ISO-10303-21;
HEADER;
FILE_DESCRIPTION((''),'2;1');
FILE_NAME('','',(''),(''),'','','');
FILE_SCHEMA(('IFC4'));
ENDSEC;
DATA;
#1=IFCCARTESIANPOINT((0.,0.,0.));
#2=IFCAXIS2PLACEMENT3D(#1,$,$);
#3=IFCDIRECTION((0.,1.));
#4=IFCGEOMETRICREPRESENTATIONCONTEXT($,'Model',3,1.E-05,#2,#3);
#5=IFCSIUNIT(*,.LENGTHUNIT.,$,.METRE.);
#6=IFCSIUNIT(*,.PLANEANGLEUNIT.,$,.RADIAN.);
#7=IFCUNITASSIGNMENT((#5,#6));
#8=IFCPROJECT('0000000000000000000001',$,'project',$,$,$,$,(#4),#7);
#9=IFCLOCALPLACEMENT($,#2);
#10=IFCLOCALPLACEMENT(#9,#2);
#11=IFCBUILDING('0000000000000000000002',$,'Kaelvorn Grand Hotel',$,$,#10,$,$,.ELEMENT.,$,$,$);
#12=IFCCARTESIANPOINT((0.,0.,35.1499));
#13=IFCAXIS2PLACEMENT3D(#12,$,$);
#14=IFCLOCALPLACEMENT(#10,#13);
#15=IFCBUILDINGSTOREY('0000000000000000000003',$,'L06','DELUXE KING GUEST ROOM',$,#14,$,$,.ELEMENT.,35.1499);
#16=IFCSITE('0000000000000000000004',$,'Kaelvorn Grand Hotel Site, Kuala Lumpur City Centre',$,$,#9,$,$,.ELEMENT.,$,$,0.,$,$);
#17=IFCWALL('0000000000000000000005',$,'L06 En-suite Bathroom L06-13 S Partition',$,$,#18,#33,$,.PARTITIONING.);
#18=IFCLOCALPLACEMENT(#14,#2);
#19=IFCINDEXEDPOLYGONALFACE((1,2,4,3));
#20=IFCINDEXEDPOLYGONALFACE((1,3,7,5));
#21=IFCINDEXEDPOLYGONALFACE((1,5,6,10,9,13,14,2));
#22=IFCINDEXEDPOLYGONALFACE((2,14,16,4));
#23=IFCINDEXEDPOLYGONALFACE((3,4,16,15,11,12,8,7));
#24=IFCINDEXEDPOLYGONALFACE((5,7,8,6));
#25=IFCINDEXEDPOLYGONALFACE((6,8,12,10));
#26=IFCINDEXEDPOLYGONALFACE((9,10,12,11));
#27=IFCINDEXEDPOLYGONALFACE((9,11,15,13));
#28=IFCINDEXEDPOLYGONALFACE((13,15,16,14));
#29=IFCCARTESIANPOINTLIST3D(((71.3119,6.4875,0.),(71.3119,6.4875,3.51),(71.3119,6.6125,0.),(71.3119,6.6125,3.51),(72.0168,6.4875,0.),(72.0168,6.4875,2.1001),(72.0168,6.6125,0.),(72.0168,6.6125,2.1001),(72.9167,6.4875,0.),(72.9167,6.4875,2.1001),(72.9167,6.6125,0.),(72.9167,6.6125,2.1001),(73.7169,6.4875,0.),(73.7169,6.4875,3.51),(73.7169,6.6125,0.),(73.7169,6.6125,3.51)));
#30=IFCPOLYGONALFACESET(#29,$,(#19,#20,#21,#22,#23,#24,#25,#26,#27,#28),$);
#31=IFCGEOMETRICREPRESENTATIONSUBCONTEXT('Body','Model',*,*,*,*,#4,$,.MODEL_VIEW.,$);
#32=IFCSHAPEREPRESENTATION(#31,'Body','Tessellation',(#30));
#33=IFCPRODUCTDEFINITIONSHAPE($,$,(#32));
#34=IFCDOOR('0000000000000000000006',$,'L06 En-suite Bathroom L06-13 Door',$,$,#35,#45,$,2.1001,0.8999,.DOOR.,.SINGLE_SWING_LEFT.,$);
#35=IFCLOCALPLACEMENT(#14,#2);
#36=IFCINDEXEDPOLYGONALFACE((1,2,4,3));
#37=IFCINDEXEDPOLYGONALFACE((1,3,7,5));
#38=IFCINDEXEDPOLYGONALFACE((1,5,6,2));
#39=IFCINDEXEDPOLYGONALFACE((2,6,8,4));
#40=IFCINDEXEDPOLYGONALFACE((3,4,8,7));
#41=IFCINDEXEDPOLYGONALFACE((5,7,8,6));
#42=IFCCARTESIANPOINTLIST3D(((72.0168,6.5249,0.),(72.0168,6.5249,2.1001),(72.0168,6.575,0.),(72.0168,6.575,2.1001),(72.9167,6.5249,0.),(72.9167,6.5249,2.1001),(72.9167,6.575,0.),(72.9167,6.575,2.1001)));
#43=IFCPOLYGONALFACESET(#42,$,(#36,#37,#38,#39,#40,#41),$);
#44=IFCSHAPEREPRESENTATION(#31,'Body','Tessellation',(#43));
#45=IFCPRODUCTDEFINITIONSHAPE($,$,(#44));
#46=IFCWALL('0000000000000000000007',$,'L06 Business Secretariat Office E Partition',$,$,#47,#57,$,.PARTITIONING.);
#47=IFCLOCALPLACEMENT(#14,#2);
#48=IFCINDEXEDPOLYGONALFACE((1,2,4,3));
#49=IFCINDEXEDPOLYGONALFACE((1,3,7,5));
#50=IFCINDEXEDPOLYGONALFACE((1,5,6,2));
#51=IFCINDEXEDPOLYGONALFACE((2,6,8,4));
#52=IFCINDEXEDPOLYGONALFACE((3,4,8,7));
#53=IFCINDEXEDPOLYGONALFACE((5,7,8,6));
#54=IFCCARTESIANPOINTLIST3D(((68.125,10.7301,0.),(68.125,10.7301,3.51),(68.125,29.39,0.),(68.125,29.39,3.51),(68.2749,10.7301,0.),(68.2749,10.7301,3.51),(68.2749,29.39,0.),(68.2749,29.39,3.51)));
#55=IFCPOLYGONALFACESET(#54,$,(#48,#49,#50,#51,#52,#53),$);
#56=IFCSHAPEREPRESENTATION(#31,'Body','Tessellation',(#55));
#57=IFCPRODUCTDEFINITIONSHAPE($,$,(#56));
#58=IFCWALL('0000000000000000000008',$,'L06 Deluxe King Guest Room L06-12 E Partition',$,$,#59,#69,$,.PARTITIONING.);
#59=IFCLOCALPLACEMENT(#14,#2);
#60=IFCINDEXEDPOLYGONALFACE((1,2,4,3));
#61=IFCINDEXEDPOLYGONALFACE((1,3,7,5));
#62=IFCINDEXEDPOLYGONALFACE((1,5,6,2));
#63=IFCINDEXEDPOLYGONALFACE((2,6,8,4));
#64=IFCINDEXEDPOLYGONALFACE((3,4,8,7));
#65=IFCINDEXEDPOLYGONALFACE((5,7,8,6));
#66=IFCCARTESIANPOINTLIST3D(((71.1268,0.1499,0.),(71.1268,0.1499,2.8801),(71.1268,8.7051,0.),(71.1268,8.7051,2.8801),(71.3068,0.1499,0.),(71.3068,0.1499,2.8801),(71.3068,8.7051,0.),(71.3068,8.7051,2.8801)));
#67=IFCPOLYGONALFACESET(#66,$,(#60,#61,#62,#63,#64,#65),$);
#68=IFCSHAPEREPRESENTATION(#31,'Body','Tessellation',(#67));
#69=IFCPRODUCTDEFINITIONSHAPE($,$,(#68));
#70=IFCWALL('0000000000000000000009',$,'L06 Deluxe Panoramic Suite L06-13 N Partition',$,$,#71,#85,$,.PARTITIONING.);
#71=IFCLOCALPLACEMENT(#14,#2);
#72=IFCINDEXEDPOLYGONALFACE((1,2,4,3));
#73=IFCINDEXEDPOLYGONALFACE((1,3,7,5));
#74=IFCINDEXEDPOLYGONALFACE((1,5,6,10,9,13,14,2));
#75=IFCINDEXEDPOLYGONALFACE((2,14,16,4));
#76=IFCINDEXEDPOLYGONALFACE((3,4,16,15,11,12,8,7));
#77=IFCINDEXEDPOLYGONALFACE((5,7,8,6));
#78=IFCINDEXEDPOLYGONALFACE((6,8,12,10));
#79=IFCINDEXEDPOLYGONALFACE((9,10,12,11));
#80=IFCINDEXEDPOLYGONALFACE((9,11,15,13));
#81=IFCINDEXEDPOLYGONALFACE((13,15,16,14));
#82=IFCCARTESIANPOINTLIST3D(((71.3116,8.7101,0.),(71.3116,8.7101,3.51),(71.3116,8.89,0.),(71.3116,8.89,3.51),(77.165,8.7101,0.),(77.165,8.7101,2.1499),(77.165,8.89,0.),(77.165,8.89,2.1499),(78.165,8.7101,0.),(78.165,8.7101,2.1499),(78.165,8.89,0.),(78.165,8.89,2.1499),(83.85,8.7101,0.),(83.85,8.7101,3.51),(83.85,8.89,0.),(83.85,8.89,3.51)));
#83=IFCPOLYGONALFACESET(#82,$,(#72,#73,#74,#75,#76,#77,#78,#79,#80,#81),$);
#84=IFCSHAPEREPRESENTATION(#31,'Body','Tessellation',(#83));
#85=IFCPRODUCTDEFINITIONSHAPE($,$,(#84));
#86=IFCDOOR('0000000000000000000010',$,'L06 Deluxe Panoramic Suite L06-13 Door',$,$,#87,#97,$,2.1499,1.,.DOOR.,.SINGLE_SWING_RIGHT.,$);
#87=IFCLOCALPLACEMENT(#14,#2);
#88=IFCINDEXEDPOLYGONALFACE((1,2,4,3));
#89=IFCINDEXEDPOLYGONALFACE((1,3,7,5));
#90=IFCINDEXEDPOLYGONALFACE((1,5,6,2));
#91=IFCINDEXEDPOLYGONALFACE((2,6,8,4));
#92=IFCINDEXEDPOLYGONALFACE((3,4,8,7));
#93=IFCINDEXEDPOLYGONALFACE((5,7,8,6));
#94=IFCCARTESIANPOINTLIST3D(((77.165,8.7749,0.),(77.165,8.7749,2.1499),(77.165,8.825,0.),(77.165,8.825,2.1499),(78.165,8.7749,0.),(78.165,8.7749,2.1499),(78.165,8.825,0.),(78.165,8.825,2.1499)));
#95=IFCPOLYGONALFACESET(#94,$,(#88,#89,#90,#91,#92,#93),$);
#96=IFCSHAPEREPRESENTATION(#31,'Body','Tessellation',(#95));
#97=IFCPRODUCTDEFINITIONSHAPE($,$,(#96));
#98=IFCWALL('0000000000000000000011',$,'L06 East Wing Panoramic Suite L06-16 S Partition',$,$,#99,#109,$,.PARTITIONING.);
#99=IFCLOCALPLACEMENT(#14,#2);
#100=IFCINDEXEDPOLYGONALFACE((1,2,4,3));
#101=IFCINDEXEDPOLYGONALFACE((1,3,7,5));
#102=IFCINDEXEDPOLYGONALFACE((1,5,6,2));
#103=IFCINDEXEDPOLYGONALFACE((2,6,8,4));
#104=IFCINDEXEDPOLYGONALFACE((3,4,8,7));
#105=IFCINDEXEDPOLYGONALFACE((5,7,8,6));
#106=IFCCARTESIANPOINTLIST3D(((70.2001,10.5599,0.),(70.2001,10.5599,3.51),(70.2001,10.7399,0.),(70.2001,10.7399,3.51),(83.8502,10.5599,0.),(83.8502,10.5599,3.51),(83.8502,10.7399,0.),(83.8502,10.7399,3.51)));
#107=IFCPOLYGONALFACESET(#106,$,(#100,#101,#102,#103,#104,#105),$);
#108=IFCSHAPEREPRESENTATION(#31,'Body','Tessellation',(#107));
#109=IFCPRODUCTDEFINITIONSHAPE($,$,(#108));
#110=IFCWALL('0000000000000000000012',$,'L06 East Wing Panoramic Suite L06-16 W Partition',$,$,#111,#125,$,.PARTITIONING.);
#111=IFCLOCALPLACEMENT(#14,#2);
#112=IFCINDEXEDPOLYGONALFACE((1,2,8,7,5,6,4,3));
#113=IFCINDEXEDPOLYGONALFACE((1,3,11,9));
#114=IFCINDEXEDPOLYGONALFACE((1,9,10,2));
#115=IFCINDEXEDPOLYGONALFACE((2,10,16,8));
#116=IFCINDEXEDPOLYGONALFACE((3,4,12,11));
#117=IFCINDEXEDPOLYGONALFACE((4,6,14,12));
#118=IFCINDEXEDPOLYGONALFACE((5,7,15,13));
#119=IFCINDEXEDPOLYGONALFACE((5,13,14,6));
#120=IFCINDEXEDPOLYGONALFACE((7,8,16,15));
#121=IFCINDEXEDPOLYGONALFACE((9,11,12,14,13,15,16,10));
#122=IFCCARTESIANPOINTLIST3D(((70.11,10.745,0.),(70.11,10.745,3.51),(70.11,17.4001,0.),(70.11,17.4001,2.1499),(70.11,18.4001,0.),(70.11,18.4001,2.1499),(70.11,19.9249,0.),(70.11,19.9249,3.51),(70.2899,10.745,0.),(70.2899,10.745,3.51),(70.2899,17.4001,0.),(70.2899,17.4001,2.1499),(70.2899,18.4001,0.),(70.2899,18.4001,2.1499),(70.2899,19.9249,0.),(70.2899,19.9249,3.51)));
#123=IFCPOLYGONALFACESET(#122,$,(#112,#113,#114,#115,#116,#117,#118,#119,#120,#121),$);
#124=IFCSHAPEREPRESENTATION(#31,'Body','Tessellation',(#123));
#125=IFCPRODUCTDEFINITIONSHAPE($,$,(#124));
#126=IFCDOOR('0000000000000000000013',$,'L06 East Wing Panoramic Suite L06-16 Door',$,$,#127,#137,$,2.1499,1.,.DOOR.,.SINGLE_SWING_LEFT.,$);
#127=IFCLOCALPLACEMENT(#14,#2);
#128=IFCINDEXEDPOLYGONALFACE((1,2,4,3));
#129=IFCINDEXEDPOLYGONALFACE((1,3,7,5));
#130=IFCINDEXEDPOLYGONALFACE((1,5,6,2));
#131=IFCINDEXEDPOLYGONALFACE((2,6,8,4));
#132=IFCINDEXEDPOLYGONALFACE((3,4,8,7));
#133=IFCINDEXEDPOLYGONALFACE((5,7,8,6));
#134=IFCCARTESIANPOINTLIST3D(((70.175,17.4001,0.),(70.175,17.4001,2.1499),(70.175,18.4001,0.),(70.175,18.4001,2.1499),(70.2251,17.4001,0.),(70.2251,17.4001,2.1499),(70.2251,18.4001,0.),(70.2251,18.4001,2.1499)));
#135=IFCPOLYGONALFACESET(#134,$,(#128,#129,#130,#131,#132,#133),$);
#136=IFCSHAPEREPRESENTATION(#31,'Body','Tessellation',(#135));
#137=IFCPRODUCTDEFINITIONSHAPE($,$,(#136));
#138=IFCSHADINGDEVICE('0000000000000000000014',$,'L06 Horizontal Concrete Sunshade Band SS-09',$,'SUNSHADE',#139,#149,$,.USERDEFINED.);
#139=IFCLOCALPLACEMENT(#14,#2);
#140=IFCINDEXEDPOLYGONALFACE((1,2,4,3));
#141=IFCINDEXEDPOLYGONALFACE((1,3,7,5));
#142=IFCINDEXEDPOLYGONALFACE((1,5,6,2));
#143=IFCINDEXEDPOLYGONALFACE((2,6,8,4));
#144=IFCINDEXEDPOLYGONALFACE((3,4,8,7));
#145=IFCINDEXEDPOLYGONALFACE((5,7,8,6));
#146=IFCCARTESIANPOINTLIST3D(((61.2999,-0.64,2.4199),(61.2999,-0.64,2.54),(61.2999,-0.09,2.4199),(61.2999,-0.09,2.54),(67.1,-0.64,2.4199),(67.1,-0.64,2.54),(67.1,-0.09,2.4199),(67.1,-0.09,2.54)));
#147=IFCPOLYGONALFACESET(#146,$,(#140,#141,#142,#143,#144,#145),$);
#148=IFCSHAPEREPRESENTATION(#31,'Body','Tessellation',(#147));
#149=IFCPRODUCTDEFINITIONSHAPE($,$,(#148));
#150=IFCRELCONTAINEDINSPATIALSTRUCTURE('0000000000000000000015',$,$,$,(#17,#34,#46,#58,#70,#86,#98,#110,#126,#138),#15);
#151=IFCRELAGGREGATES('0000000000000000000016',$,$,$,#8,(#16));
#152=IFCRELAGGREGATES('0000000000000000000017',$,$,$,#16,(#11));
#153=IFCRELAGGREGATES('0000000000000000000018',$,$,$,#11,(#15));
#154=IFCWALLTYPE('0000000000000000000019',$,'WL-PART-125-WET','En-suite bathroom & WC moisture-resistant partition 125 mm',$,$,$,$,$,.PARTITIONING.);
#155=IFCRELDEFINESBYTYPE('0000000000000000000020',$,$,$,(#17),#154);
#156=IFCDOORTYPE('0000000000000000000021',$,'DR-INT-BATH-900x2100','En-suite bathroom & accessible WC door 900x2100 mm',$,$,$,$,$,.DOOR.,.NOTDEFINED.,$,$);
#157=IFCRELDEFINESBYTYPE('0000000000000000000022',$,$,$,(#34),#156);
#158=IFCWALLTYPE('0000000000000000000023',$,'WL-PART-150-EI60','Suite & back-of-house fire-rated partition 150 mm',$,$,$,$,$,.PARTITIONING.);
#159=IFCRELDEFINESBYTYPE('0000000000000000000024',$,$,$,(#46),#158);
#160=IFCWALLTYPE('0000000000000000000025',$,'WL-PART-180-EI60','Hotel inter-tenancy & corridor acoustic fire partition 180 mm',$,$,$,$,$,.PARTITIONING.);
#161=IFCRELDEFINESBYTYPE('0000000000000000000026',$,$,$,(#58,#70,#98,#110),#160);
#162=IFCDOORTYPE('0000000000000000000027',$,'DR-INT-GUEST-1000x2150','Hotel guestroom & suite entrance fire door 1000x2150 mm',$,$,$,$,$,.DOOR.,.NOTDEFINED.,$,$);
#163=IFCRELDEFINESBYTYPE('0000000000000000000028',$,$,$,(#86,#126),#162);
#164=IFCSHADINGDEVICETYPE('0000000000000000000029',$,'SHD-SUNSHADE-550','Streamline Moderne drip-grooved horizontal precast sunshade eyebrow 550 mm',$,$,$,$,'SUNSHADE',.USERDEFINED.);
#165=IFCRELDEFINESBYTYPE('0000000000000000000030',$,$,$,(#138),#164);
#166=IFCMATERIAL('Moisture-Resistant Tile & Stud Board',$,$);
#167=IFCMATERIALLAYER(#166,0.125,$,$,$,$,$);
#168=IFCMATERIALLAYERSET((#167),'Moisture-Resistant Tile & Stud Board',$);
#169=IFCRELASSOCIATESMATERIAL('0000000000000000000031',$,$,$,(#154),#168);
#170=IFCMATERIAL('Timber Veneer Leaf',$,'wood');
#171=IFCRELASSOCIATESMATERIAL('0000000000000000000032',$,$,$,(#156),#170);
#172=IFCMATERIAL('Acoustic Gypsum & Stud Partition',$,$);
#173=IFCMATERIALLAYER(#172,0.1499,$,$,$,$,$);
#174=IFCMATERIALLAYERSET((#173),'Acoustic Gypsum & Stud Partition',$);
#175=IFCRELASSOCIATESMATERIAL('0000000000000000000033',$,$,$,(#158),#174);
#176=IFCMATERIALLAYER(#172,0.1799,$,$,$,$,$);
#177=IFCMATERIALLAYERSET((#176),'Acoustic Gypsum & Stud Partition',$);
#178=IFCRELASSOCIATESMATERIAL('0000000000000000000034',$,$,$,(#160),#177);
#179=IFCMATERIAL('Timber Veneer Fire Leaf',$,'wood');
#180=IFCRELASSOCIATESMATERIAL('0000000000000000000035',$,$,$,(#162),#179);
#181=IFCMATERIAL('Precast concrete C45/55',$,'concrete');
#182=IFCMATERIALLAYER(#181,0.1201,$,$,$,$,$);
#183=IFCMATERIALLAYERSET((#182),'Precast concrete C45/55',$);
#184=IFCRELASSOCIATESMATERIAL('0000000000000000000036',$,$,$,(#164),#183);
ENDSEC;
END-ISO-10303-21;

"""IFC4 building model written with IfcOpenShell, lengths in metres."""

from ifc_helpers import new_model, si_unit, direction, frame, frame_2d, origin, origin_2d, place, context, subcontext, project, spatial, rectangle, extrude, material, layer, layer_set, type_object, element, fill, save


model = new_model("IFC4")

# Units and contexts
model_context = context("Model", 3, precision=1e-05, world=origin(), true_north=direction((0.0, 1.0)))
body_context = subcontext(model_context, "Body", "Model", "MODEL_VIEW")
ifc_project = project(units=[si_unit("LENGTHUNIT", "METRE"), si_unit("PLANEANGLEUNIT", "RADIAN")], contexts=[model_context])

# Site, building, storey
site_placement = place(None, origin())
site = spatial("IfcSite", under=ifc_project, at=site_placement, Name="Kaelvorn Grand Hotel Site, Kuala Lumpur City Centre", CompositionType="ELEMENT", RefElevation=0.0)
building_placement = place(site_placement, origin())
building = spatial("IfcBuilding", under=site, at=building_placement, Name="Kaelvorn Grand Hotel", CompositionType="ELEMENT")
storey_placement = place(building_placement, frame((0.0, 0.0, 35.1499)))
storey = spatial("IfcBuildingStorey", under=building, at=storey_placement, Name="L06", Description="DELUXE KING GUEST ROOM", CompositionType="ELEMENT", Elevation=35.1499)

# Shared definitions
ifc_material_1 = material(Name="Moisture-Resistant Tile & Stud Board")
ifc_layer_1 = layer(ifc_material_1, 0.125)
ifc_layer_set_1 = layer_set([ifc_layer_1], Name="Moisture-Resistant Tile & Stud Board")
wall_type_1 = type_object("IfcWallType", Name="WL-PART-125-WET", Description="En-suite bathroom & WC moisture-resistant partition 125 mm", PredefinedType="PARTITIONING", material=ifc_layer_set_1)
ifc_material_2 = material(Name="Timber Veneer Leaf", Category="wood")
door_type_1 = type_object("IfcDoorType", Name="DR-INT-BATH-900x2100", Description="En-suite bathroom & accessible WC door 900x2100 mm", OperationType="NOTDEFINED", PredefinedType="DOOR", material=ifc_material_2)

# Wall, opening, door
wall_1_placement = place(storey_placement, frame((71.3118, 6.55, 0.0), z_axis=(0.0, 0.0, 1.0), x_axis=(1.0, 0.0, 0.0)))
wall_1 = element("IfcWall", 1, at=wall_1_placement, inside=storey, type_object=wall_type_1, Name="L06 En-suite Bathroom L06-13 S Partition", PredefinedType="PARTITIONING", context=body_context, shape_type="SweptSolid", body=[
    extrude(rectangle(XDim=2.405, YDim=0.125, at=frame_2d((1.2026, 0.0))), origin(), (0.0, 0.0, 1.0), 3.51),
])
opening_1_placement = place(wall_1_placement, frame((0.7051, 0.0, 0.0)))
opening_1 = element("IfcOpeningElement", 2, at=opening_1_placement, cuts=wall_1, PredefinedType="OPENING", context=body_context, shape_type="SweptSolid", body=[
    extrude(rectangle(XDim=0.8999, YDim=2.1001, at=frame_2d((0.45, 1.05))), frame((0.0, 0.0725, 0.0), z_axis=(0.0, -1.0, 0.0), x_axis=(1.0, 0.0, 0.0)), (0.0, 0.0, 1.0), 0.145),
])
door_1_placement = place(opening_1_placement, origin())
door_1 = element("IfcDoor", 3, at=door_1_placement, inside=storey, type_object=door_type_1, Name="L06 En-suite Bathroom L06-13 Door", OperationType="SINGLE_SWING_LEFT", OverallHeight=2.1001, OverallWidth=0.8999, PredefinedType="DOOR", context=body_context, shape_type="SweptSolid", body=[
    extrude(rectangle(XDim=0.8999, YDim=2.1001, at=frame_2d((0.45, 1.05))), frame((0.0, 0.0249, 0.0), z_axis=(0.0, -1.0, 0.0), x_axis=(1.0, 0.0, 0.0)), (0.0, 0.0, 1.0), 0.05),
])
fill(opening_1, door_1)

# Walls
ifc_material_3 = material(Name="Acoustic Gypsum & Stud Partition")
ifc_layer_2 = layer(ifc_material_3, 0.1499)
ifc_layer_set_2 = layer_set([ifc_layer_2], Name="Acoustic Gypsum & Stud Partition")
wall_type_2 = type_object("IfcWallType", Name="WL-PART-150-EI60", Description="Suite & back-of-house fire-rated partition 150 mm", PredefinedType="PARTITIONING", material=ifc_layer_set_2)
wall_2_placement = place(storey_placement, frame((68.2, 10.73, 0.0), z_axis=(0.0, 0.0, 1.0), x_axis=(0.0, 1.0, 0.0)))
element("IfcWall", 4, at=wall_2_placement, inside=storey, type_object=wall_type_2, Name="L06 Business Secretariat Office E Partition", PredefinedType="PARTITIONING", context=body_context, shape_type="SweptSolid", body=[
    extrude(rectangle(XDim=18.6599, YDim=0.1499, at=frame_2d((9.3301, 0.0))), origin(), (0.0, 0.0, 1.0), 3.51),
])
ifc_layer_3 = layer(ifc_material_3, 0.1799)
ifc_layer_set_3 = layer_set([ifc_layer_3], Name="Acoustic Gypsum & Stud Partition")
wall_type_3 = type_object("IfcWallType", Name="WL-PART-180-EI60", Description="Hotel inter-tenancy & corridor acoustic fire partition 180 mm", PredefinedType="PARTITIONING", material=ifc_layer_set_3)
wall_3_placement = place(storey_placement, frame((71.2168, 0.1499, 0.0), z_axis=(0.0, 0.0, 1.0), x_axis=(0.0, 1.0, 0.0)))
element("IfcWall", 5, at=wall_3_placement, inside=storey, type_object=wall_type_3, Name="L06 Deluxe King Guest Room L06-12 E Partition", PredefinedType="PARTITIONING", context=body_context, shape_type="SweptSolid", body=[
    extrude(rectangle(XDim=8.5552, YDim=0.1799, at=frame_2d((4.2776, 0.0))), origin(), (0.0, 0.0, 1.0), 2.8801),
])

# Wall, opening, door
wall_4_placement = place(storey_placement, frame((71.3118, 8.8, 0.0), z_axis=(0.0, 0.0, 1.0), x_axis=(1.0, 0.0, 0.0)))
wall_4 = element("IfcWall", 6, at=wall_4_placement, inside=storey, type_object=wall_type_3, Name="L06 Deluxe Panoramic Suite L06-13 N Partition", PredefinedType="PARTITIONING", context=body_context, shape_type="SweptSolid", body=[
    extrude(rectangle(XDim=12.5383, YDim=0.1799, at=frame_2d((6.269, 0.0))), origin(), (0.0, 0.0, 1.0), 3.51),
])
opening_2_placement = place(wall_4_placement, frame((5.8533, 0.0, 0.0)))
opening_2 = element("IfcOpeningElement", 7, at=opening_2_placement, cuts=wall_4, PredefinedType="OPENING", context=body_context, shape_type="SweptSolid", body=[
    extrude(rectangle(XDim=1.0, YDim=2.1499, at=frame_2d((0.5, 1.075))), frame((0.0, 0.1001, 0.0), z_axis=(0.0, -1.0, 0.0), x_axis=(1.0, 0.0, 0.0)), (0.0, 0.0, 1.0), 0.2),
])
ifc_material_4 = material(Name="Timber Veneer Fire Leaf", Category="wood")
door_type_2 = type_object("IfcDoorType", Name="DR-INT-GUEST-1000x2150", Description="Hotel guestroom & suite entrance fire door 1000x2150 mm", OperationType="NOTDEFINED", PredefinedType="DOOR", material=ifc_material_4)
door_2_placement = place(opening_2_placement, origin())
door_2 = element("IfcDoor", 8, at=door_2_placement, inside=storey, type_object=door_type_2, Name="L06 Deluxe Panoramic Suite L06-13 Door", OperationType="SINGLE_SWING_RIGHT", OverallHeight=2.1499, OverallWidth=1.0, PredefinedType="DOOR", context=body_context, shape_type="SweptSolid", body=[
    extrude(rectangle(XDim=1.0, YDim=2.1499, at=frame_2d((0.5, 1.075))), frame((0.0, 0.0249, 0.0), z_axis=(0.0, -1.0, 0.0), x_axis=(1.0, 0.0, 0.0)), (0.0, 0.0, 1.0), 0.05),
])
fill(opening_2, door_2)

# Wall
wall_5_placement = place(storey_placement, frame((70.2, 10.6499, 0.0), z_axis=(0.0, 0.0, 1.0), x_axis=(1.0, 0.0, 0.0)))
element("IfcWall", 9, at=wall_5_placement, inside=storey, type_object=wall_type_3, Name="L06 East Wing Panoramic Suite L06-16 S Partition", PredefinedType="PARTITIONING", context=body_context, shape_type="SweptSolid", body=[
    extrude(rectangle(XDim=13.6501, YDim=0.1799, at=frame_2d((6.8252, 0.0))), origin(), (0.0, 0.0, 1.0), 3.51),
])

# Wall, opening, door
wall_6_placement = place(storey_placement, frame((70.2, 10.7451, 0.0), z_axis=(0.0, 0.0, 1.0), x_axis=(0.0, 1.0, 0.0)))
wall_6 = element("IfcWall", 10, at=wall_6_placement, inside=storey, type_object=wall_type_3, Name="L06 East Wing Panoramic Suite L06-16 W Partition", PredefinedType="PARTITIONING", context=body_context, shape_type="SweptSolid", body=[
    extrude(rectangle(XDim=9.1799, YDim=0.1799, at=frame_2d((4.5898, 0.0))), origin(), (0.0, 0.0, 1.0), 3.51),
])
opening_3_placement = place(wall_6_placement, frame((6.655, 0.0, 0.0)))
opening_3 = element("IfcOpeningElement", 11, at=opening_3_placement, cuts=wall_6, PredefinedType="OPENING", context=body_context, shape_type="SweptSolid", body=[
    extrude(rectangle(XDim=1.0, YDim=2.1499, at=frame_2d((0.5, 1.075))), frame((0.0, 0.1001, 0.0), z_axis=(0.0, -1.0, 0.0), x_axis=(1.0, 0.0, 0.0)), (0.0, 0.0, 1.0), 0.2),
])
door_3_placement = place(opening_3_placement, origin())
door_3 = element("IfcDoor", 12, at=door_3_placement, inside=storey, type_object=door_type_2, Name="L06 East Wing Panoramic Suite L06-16 Door", OperationType="SINGLE_SWING_LEFT", OverallHeight=2.1499, OverallWidth=1.0, PredefinedType="DOOR", context=body_context, shape_type="SweptSolid", body=[
    extrude(rectangle(XDim=1.0, YDim=2.1499, at=frame_2d((0.5, 1.075))), frame((0.0, 0.0249, 0.0), z_axis=(0.0, -1.0, 0.0), x_axis=(1.0, 0.0, 0.0)), (0.0, 0.0, 1.0), 0.05),
])
fill(opening_3, door_3)

# Shading device
ifc_material_5 = material(Name="Precast concrete C45/55", Category="concrete")
ifc_layer_4 = layer(ifc_material_5, 0.1201)
ifc_layer_set_4 = layer_set([ifc_layer_4], Name="Precast concrete C45/55")
shading_device_type = type_object("IfcShadingDeviceType", Name="SHD-SUNSHADE-550", Description="Streamline Moderne drip-grooved horizontal precast sunshade eyebrow 550 mm", ElementType="SUNSHADE", PredefinedType="USERDEFINED", material=ifc_layer_set_4)
shading_device_placement = place(storey_placement, frame((64.2, -0.365, 2.4199), z_axis=(0.0, 0.0, 1.0), x_axis=(1.0, 0.0, 0.0)))
element("IfcShadingDevice", 13, at=shading_device_placement, inside=storey, type_object=shading_device_type, Name="L06 Horizontal Concrete Sunshade Band SS-09", ObjectType="SUNSHADE", PredefinedType="USERDEFINED", context=body_context, shape_type="SweptSolid", body=[
    extrude(rectangle(XDim=5.8, YDim=0.55, at=origin_2d()), origin(), (0.0, 0.0, 1.0), 0.1201),
])

save(model, "model.ifc")
